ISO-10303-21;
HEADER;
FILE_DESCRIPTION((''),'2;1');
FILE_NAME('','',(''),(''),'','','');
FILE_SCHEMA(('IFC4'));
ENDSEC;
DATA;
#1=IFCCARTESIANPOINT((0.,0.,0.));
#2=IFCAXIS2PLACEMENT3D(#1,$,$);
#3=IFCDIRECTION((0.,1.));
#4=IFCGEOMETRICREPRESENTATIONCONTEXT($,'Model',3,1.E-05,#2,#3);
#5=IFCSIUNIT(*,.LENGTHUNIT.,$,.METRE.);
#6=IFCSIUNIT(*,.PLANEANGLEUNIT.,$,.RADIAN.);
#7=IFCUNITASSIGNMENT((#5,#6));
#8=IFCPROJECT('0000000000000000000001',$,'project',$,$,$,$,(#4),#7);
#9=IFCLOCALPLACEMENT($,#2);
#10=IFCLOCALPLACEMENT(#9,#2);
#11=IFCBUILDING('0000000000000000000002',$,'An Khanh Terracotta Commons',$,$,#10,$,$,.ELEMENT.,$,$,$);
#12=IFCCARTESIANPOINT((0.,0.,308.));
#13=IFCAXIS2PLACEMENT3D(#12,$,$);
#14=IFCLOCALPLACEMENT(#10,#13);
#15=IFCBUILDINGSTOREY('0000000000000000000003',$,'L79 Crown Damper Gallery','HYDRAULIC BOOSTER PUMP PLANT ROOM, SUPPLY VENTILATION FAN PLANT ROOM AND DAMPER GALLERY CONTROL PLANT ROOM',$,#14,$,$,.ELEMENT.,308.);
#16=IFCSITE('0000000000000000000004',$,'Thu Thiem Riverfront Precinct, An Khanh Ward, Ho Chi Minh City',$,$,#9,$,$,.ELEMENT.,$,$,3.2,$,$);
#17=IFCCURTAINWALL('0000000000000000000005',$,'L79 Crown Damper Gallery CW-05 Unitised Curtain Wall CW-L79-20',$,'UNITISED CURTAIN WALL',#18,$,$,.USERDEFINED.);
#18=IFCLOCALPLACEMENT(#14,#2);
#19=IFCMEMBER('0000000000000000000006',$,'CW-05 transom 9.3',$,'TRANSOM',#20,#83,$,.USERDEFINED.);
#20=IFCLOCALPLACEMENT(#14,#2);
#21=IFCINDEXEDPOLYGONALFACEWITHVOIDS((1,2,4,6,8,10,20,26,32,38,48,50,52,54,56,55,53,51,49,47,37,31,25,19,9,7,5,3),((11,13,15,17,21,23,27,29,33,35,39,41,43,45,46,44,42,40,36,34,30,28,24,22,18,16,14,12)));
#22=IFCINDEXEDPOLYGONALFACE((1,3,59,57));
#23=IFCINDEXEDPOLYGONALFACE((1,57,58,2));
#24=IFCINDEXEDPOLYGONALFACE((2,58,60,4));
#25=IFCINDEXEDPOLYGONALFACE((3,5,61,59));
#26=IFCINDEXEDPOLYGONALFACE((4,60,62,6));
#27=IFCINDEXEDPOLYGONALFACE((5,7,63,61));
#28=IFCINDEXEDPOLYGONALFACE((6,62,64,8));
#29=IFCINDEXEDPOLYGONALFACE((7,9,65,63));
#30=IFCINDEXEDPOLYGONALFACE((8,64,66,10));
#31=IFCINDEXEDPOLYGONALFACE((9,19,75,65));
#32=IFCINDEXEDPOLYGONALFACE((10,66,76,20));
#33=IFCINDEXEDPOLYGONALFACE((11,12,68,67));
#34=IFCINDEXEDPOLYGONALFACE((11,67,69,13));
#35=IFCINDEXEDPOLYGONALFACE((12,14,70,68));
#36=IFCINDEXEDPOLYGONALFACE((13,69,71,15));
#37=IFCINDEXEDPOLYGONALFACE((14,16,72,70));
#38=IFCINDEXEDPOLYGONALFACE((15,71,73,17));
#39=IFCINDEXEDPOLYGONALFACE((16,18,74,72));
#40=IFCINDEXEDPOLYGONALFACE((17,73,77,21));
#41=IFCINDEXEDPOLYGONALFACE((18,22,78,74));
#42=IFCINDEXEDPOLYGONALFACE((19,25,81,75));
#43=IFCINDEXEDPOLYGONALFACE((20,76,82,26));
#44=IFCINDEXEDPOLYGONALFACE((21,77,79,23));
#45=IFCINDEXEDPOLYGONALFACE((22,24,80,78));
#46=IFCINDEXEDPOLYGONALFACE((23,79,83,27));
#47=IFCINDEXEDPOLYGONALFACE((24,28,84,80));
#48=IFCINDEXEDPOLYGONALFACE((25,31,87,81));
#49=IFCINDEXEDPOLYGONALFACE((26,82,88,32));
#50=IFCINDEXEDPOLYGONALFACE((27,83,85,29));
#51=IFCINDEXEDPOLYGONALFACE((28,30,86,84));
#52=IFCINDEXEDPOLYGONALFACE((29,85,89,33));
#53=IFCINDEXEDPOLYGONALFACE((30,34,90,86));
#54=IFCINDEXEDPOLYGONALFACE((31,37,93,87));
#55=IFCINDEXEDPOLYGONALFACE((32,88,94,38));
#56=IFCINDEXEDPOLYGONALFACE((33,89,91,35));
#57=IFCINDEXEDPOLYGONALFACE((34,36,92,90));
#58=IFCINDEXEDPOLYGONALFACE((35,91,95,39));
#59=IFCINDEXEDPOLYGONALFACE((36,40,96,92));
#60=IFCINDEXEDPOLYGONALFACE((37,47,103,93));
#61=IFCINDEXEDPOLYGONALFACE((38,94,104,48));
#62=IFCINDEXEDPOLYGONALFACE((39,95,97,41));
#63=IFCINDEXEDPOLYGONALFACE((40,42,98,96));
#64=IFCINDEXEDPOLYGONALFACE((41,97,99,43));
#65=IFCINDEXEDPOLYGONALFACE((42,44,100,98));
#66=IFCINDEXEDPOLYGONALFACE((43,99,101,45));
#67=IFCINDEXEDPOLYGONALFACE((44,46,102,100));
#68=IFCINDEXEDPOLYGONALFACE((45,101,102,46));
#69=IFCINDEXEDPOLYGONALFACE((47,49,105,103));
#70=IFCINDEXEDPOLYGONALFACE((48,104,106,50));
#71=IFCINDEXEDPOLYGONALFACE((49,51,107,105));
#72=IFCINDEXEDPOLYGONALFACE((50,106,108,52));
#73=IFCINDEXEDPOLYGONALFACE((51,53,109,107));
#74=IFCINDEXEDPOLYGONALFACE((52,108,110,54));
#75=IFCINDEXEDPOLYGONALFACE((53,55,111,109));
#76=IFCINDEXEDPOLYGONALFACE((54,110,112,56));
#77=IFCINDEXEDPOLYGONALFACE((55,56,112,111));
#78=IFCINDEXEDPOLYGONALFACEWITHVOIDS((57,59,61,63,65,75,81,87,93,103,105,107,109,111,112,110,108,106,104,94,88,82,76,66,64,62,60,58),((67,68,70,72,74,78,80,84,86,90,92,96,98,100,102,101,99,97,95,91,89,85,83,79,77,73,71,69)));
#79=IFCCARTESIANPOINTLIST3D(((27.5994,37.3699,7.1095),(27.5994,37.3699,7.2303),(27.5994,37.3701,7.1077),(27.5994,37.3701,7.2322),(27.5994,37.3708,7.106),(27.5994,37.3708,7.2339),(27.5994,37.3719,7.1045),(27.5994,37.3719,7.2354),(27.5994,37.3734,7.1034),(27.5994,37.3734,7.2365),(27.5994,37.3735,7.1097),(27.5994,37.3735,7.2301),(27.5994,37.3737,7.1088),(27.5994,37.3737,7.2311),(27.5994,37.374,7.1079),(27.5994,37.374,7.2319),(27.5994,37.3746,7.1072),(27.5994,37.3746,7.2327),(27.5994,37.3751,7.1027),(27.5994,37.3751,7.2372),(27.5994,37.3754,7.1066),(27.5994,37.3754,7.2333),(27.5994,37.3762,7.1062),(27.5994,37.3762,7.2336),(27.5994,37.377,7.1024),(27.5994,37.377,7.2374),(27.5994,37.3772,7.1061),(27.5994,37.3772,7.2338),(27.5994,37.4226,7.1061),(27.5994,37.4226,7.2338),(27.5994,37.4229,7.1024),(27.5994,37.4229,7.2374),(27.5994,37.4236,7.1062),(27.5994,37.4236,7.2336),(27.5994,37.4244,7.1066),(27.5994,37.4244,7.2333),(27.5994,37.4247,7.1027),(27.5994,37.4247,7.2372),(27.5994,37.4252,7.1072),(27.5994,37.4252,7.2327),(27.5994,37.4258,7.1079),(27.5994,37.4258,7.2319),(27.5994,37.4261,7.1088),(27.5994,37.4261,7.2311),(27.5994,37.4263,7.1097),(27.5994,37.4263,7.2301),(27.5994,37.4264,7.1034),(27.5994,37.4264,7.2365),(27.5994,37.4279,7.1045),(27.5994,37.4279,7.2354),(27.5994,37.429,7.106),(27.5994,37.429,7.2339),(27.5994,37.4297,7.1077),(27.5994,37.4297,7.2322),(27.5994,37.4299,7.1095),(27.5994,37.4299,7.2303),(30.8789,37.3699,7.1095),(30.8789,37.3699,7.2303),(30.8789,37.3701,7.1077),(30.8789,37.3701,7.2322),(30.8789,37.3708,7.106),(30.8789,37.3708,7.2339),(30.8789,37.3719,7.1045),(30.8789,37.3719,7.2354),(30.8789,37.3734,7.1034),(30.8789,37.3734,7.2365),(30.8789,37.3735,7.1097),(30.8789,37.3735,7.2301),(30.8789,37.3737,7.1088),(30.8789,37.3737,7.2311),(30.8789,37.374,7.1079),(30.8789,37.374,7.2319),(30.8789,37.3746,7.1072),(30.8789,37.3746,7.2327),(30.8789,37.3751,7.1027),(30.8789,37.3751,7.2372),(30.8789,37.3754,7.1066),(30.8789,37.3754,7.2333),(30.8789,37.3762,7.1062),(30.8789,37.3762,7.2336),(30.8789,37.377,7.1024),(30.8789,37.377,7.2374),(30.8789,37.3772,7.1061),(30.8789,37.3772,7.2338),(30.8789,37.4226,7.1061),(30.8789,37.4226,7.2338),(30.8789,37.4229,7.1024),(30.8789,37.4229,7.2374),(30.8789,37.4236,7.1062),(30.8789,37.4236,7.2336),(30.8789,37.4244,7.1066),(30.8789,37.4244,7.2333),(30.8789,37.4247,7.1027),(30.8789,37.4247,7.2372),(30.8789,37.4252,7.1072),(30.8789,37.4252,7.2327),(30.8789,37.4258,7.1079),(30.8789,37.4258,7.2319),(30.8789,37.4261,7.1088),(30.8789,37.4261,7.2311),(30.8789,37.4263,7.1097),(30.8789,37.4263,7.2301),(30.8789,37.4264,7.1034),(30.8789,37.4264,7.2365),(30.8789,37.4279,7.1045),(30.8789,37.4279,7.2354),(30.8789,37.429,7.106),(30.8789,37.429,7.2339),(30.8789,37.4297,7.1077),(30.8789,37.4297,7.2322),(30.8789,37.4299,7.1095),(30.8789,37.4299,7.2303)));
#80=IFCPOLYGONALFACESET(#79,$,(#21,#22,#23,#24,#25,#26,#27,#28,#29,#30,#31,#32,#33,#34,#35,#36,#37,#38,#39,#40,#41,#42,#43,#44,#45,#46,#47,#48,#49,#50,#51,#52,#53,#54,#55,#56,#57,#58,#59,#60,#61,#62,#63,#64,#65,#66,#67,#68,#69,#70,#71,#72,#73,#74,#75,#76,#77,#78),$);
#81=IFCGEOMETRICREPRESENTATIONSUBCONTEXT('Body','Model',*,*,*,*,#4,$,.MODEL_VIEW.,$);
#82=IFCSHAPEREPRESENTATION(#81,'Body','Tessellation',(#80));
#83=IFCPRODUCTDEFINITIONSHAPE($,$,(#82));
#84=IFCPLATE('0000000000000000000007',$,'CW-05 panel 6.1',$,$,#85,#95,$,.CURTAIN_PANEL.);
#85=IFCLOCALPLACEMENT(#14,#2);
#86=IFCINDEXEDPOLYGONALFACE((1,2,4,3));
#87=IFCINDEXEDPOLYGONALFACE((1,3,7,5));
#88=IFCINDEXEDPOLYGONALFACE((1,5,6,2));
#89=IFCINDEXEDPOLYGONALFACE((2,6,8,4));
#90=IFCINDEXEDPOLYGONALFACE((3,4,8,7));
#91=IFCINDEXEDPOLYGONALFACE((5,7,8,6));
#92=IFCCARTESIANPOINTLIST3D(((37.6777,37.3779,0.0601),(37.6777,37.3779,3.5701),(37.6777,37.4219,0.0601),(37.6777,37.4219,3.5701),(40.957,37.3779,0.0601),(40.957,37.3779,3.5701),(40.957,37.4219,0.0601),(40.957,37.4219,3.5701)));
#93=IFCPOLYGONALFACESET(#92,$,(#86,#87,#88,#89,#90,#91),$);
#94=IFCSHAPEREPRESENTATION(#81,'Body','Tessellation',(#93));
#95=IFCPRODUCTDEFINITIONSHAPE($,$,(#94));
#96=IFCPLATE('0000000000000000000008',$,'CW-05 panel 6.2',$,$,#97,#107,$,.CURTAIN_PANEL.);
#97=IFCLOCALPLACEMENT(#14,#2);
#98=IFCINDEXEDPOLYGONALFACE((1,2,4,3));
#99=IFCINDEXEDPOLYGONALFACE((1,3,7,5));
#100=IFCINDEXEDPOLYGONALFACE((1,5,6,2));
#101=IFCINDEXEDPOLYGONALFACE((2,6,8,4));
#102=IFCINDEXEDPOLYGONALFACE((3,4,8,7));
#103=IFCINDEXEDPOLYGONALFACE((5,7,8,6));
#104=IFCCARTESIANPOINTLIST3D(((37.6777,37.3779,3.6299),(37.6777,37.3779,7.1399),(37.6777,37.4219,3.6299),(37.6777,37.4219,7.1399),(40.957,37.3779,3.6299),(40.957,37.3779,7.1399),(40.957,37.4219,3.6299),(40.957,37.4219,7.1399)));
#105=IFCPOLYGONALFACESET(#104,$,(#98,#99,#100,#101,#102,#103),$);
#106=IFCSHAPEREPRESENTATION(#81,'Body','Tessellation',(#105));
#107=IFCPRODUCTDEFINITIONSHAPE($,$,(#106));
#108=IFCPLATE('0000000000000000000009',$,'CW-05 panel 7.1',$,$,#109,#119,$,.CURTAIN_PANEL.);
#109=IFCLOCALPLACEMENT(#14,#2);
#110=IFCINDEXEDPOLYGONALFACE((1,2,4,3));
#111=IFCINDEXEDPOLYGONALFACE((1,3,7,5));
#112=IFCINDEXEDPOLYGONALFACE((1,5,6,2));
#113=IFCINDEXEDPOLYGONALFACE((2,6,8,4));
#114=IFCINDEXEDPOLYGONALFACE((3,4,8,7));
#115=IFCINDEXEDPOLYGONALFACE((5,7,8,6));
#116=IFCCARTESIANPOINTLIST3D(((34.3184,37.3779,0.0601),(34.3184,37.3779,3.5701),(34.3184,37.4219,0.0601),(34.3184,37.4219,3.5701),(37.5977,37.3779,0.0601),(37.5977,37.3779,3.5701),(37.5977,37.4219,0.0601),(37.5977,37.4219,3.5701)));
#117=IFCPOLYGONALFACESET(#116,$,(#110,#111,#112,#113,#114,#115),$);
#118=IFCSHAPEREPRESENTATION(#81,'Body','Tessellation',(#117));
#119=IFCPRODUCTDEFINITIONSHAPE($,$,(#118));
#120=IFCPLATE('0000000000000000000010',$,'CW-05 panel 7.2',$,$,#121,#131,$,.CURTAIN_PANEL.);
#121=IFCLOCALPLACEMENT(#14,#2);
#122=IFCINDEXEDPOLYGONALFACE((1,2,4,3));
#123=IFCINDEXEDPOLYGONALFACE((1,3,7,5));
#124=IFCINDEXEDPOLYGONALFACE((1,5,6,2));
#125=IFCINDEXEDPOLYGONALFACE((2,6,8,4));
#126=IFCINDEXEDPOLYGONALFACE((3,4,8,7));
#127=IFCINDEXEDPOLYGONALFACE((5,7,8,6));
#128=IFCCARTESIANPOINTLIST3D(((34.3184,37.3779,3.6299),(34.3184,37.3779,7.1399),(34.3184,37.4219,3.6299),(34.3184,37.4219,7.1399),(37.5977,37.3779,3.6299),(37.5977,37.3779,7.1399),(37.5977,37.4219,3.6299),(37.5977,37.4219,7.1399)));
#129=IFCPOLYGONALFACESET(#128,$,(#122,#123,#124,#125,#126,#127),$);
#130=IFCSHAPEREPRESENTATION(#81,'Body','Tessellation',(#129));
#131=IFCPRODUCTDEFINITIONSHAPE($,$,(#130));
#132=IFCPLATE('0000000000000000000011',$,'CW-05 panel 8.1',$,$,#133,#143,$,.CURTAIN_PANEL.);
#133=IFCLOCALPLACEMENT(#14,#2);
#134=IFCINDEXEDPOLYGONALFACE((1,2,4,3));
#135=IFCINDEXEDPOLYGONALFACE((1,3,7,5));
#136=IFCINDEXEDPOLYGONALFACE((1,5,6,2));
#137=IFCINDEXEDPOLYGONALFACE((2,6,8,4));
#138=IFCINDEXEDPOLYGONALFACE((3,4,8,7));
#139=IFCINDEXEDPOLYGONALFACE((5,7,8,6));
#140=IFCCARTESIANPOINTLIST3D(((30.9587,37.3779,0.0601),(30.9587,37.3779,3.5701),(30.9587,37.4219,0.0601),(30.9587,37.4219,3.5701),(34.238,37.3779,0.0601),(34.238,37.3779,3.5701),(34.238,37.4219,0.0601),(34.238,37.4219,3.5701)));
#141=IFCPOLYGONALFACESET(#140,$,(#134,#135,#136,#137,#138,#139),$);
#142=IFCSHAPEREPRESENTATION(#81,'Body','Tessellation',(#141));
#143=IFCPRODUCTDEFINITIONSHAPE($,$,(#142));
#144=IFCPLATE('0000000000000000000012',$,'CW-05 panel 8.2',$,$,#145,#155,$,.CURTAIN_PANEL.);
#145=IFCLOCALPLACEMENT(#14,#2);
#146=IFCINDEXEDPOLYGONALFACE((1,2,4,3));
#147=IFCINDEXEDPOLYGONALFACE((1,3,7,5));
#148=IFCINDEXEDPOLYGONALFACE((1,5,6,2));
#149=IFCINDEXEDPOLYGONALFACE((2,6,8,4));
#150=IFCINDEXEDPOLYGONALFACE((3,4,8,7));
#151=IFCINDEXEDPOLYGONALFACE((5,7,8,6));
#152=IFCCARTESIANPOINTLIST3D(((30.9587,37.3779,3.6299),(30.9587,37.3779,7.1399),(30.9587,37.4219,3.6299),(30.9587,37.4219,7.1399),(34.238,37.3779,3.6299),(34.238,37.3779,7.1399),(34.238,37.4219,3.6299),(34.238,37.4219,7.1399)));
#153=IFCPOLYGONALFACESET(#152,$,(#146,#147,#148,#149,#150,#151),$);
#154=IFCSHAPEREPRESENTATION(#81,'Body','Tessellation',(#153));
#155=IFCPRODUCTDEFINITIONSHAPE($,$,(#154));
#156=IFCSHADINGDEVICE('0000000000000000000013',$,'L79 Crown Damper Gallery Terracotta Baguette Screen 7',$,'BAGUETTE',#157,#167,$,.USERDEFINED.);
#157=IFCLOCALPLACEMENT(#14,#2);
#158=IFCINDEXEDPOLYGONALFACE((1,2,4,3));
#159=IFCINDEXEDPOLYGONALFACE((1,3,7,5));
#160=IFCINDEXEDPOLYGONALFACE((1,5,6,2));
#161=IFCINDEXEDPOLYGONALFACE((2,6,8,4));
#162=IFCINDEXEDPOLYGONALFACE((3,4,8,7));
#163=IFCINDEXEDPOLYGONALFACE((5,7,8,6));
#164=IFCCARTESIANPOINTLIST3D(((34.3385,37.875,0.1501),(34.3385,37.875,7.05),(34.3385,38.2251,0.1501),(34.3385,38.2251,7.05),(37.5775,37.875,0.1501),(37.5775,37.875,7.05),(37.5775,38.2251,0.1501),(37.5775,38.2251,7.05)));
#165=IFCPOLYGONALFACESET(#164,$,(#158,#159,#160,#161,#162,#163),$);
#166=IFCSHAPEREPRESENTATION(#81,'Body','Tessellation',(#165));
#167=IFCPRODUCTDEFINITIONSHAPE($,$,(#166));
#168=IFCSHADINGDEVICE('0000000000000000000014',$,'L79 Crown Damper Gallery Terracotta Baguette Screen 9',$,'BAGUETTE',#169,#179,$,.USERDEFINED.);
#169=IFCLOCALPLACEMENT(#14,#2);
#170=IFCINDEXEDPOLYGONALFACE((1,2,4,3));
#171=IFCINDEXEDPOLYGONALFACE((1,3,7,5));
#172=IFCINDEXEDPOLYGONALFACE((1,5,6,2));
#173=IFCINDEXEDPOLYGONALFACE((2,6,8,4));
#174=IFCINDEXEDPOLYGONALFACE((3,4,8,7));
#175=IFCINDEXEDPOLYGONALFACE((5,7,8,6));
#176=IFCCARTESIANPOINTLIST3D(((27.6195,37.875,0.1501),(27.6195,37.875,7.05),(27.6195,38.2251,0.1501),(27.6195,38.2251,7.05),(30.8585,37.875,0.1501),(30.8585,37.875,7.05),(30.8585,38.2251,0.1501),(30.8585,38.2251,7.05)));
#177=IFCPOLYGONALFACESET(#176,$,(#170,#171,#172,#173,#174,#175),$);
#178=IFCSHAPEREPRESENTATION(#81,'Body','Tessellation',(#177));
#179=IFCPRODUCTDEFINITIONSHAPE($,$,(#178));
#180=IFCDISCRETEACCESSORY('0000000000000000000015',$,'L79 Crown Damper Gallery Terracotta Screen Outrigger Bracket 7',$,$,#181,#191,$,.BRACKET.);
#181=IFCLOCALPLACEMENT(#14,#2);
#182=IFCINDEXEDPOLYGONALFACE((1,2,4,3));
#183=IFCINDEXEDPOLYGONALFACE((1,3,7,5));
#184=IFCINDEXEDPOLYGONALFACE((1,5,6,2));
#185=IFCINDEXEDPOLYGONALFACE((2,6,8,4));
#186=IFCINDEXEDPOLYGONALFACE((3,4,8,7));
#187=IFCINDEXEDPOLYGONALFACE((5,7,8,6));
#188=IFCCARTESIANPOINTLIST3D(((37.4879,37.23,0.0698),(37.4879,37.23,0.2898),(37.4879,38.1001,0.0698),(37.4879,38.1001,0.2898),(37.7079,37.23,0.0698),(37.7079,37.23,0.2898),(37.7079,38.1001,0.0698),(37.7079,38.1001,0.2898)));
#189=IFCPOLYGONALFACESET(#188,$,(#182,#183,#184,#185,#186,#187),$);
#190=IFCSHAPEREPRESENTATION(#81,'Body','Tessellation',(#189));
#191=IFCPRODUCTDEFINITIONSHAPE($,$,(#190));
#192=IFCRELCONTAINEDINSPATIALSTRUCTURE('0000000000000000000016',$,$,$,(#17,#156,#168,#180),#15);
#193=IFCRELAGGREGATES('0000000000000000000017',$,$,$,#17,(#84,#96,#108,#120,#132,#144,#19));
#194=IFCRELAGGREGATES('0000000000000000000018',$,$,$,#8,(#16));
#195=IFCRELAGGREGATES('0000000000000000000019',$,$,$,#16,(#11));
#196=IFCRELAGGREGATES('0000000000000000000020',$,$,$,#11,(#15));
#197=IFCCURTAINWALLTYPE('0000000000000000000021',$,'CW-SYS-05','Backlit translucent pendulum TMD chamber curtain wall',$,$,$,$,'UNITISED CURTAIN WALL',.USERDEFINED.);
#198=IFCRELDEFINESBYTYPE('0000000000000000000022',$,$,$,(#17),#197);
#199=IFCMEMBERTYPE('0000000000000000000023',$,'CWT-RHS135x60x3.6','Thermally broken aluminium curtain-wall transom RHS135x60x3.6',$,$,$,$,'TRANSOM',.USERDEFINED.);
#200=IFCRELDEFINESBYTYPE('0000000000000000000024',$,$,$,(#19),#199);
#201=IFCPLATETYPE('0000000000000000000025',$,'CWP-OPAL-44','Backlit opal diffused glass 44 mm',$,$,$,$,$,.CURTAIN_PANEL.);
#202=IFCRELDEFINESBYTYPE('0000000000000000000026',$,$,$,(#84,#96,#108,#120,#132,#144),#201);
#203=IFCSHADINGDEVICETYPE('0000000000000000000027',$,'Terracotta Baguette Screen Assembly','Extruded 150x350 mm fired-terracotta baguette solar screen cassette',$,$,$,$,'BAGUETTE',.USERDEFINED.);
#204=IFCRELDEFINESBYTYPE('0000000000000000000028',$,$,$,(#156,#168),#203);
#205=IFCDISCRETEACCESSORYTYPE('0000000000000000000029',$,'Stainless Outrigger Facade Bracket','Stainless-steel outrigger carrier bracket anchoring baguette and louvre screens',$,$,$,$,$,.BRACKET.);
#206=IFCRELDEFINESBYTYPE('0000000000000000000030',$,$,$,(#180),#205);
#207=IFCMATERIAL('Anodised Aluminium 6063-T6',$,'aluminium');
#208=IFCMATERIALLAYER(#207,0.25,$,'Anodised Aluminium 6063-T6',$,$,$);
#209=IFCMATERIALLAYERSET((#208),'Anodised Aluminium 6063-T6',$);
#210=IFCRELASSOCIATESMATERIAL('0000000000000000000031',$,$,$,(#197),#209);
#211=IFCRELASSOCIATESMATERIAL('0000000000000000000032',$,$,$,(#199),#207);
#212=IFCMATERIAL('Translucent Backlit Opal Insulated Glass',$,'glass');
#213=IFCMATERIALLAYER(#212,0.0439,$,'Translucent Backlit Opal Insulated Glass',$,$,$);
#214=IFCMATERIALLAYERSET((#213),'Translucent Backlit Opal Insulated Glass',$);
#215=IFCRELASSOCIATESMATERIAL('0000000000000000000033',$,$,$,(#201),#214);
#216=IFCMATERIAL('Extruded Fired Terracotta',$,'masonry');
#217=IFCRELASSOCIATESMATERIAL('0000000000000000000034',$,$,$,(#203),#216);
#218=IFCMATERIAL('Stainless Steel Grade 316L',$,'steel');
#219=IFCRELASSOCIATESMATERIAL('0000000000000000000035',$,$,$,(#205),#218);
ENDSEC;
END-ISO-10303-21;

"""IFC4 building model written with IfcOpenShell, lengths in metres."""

from ifc_helpers import new_model, si_unit, direction, frame, origin, origin_2d, place, context, subcontext, project, spatial, rectangle, hollow_rectangle, extrude, material, layer, layer_set, material_profile, profile_set, type_object, element, aggregate, save


model = new_model("IFC4")

# Units and contexts
model_context = context("Model", 3, precision=1e-05, world=origin(), true_north=direction((0.0, 1.0)))
body_context = subcontext(model_context, "Body", "Model", "MODEL_VIEW")
ifc_project = project(units=[si_unit("LENGTHUNIT", "METRE"), si_unit("PLANEANGLEUNIT", "RADIAN")], contexts=[model_context])

# Site, building, storey
site_placement = place(None, origin())
site = spatial("IfcSite", under=ifc_project, at=site_placement, Name="Thu Thiem Riverfront Precinct, An Khanh Ward, Ho Chi Minh City", CompositionType="ELEMENT", RefElevation=3.2)
building_placement = place(site_placement, origin())
building = spatial("IfcBuilding", under=site, at=building_placement, Name="An Khanh Terracotta Commons", CompositionType="ELEMENT")
storey_placement = place(building_placement, frame((0.0, 0.0, 308.0)))
storey = spatial("IfcBuildingStorey", under=building, at=storey_placement, Name="L79 Crown Damper Gallery", Description="HYDRAULIC BOOSTER PUMP PLANT ROOM, SUPPLY VENTILATION FAN PLANT ROOM AND DAMPER GALLERY CONTROL PLANT ROOM", CompositionType="ELEMENT", Elevation=308.0)

# Curtain wall, member, plates
ifc_material_1 = material(Name="Anodised Aluminium 6063-T6", Category="aluminium")
ifc_layer_1 = layer(ifc_material_1, 0.25, Name="Anodised Aluminium 6063-T6")
ifc_layer_set_1 = layer_set([ifc_layer_1], Name="Anodised Aluminium 6063-T6")
curtain_wall_type = type_object("IfcCurtainWallType", Name="CW-SYS-05", Description="Backlit translucent pendulum TMD chamber curtain wall", ElementType="UNITISED CURTAIN WALL", PredefinedType="USERDEFINED", material=ifc_layer_set_1)
curtain_wall_placement = place(storey_placement, origin())
curtain_wall = element("IfcCurtainWall", 1, at=curtain_wall_placement, inside=storey, type_object=curtain_wall_type, Name="L79 Crown Damper Gallery CW-05 Unitised Curtain Wall CW-L79-20", ObjectType="UNITISED CURTAIN WALL", PredefinedType="USERDEFINED")
ifc_material_profile_1 = material_profile(ifc_material_1, hollow_rectangle(XDim=0.0601, YDim=0.135, WallThickness=0.0037, InnerFilletRadius=0.0037, OuterFilletRadius=0.0071, at=origin_2d()), Name="RHS135x60x3.6")
ifc_profile_set_1 = profile_set([ifc_material_profile_1], Name="Anodised Aluminium 6063-T6")
member_type_1 = type_object("IfcMemberType", Name="CWT-RHS135x60x3.6", Description="Thermally broken aluminium curtain-wall transom RHS135x60x3.6", ElementType="TRANSOM", PredefinedType="USERDEFINED", material=ifc_profile_set_1)
member_1_placement = place(storey_placement, frame((30.8789, 37.3999, 7.1699), z_axis=(-1.0, 0.0, 0.0), x_axis=(0.0, -1.0, 0.0)))
member_1 = element("IfcMember", 2, at=member_1_placement, type_object=member_type_1, Name="CW-05 transom 9.3", ObjectType="TRANSOM", PredefinedType="USERDEFINED", context=body_context, shape_type="SweptSolid", body=[
    extrude(hollow_rectangle(XDim=0.0601, YDim=0.135, WallThickness=0.0037, InnerFilletRadius=0.0037, OuterFilletRadius=0.0071, at=origin_2d()), origin(), (0.0, 0.0, 1.0), 3.2795),
])
ifc_material_2 = material(Name="Translucent Backlit Opal Insulated Glass", Category="glass")
ifc_layer_2 = layer(ifc_material_2, 0.0439, Name="Translucent Backlit Opal Insulated Glass")
ifc_layer_set_2 = layer_set([ifc_layer_2], Name="Translucent Backlit Opal Insulated Glass")
plate_type = type_object("IfcPlateType", Name="CWP-OPAL-44", Description="Backlit opal diffused glass 44 mm", PredefinedType="CURTAIN_PANEL", material=ifc_layer_set_2)
plate_1_placement = place(storey_placement, frame((39.3174, 37.3999, 0.0601), z_axis=(0.0, 0.0, 1.0), x_axis=(-1.0, 0.0, 0.0)))
plate_1 = element("IfcPlate", 3, at=plate_1_placement, type_object=plate_type, Name="CW-05 panel 6.1", PredefinedType="CURTAIN_PANEL", context=body_context, shape_type="SweptSolid", body=[
    extrude(rectangle(XDim=3.2793, YDim=0.0439, at=origin_2d()), origin(), (0.0, 0.0, 1.0), 3.51),
])
plate_2_placement = place(storey_placement, frame((39.3174, 37.3999, 3.6299), z_axis=(0.0, 0.0, 1.0), x_axis=(-1.0, 0.0, 0.0)))
plate_2 = element("IfcPlate", 4, at=plate_2_placement, type_object=plate_type, Name="CW-05 panel 6.2", PredefinedType="CURTAIN_PANEL", context=body_context, shape_type="SweptSolid", body=[
    extrude(rectangle(XDim=3.2793, YDim=0.0439, at=origin_2d()), origin(), (0.0, 0.0, 1.0), 3.51),
])
plate_3_placement = place(storey_placement, frame((35.958, 37.3999, 0.0601), z_axis=(0.0, 0.0, 1.0), x_axis=(-1.0, 0.0, 0.0)))
plate_3 = element("IfcPlate", 5, at=plate_3_placement, type_object=plate_type, Name="CW-05 panel 7.1", PredefinedType="CURTAIN_PANEL", context=body_context, shape_type="SweptSolid", body=[
    extrude(rectangle(XDim=3.2793, YDim=0.0439, at=origin_2d()), origin(), (0.0, 0.0, 1.0), 3.51),
])
plate_4_placement = place(storey_placement, frame((35.958, 37.3999, 3.6299), z_axis=(0.0, 0.0, 1.0), x_axis=(-1.0, 0.0, 0.0)))
plate_4 = element("IfcPlate", 6, at=plate_4_placement, type_object=plate_type, Name="CW-05 panel 7.2", PredefinedType="CURTAIN_PANEL", context=body_context, shape_type="SweptSolid", body=[
    extrude(rectangle(XDim=3.2793, YDim=0.0439, at=origin_2d()), origin(), (0.0, 0.0, 1.0), 3.51),
])
plate_5_placement = place(storey_placement, frame((32.5984, 37.3999, 0.0601), z_axis=(0.0, 0.0, 1.0), x_axis=(-1.0, 0.0, 0.0)))
plate_5 = element("IfcPlate", 7, at=plate_5_placement, type_object=plate_type, Name="CW-05 panel 8.1", PredefinedType="CURTAIN_PANEL", context=body_context, shape_type="SweptSolid", body=[
    extrude(rectangle(XDim=3.2793, YDim=0.0439, at=origin_2d()), origin(), (0.0, 0.0, 1.0), 3.51),
])
plate_6_placement = place(storey_placement, frame((32.5984, 37.3999, 3.6299), z_axis=(0.0, 0.0, 1.0), x_axis=(-1.0, 0.0, 0.0)))
plate_6 = element("IfcPlate", 8, at=plate_6_placement, type_object=plate_type, Name="CW-05 panel 8.2", PredefinedType="CURTAIN_PANEL", context=body_context, shape_type="SweptSolid", body=[
    extrude(rectangle(XDim=3.2793, YDim=0.0439, at=origin_2d()), origin(), (0.0, 0.0, 1.0), 3.51),
])
aggregate(curtain_wall, [plate_1, plate_2, plate_3, plate_4, plate_5, plate_6, member_1])

# Shading devices
ifc_material_3 = material(Name="Extruded Fired Terracotta", Category="masonry")
shading_device_type = type_object("IfcShadingDeviceType", Name="Terracotta Baguette Screen Assembly", Description="Extruded 150x350 mm fired-terracotta baguette solar screen cassette", ElementType="BAGUETTE", PredefinedType="USERDEFINED", material=ifc_material_3)
for number, where, z_axis, x_axis, name in (
    (9, (35.958, 38.05, 0.1501), (0.0, 0.0, 1.0), (-1.0, 0.0, 0.0), "L79 Crown Damper Gallery Terracotta Baguette Screen 7"),
    (10, (29.239, 38.05, 0.1501), (0.0, 0.0, 1.0), (-1.0, 0.0, 0.0), "L79 Crown Damper Gallery Terracotta Baguette Screen 9"),
):
    element("IfcShadingDevice", number, at=place(storey_placement, frame(where, z_axis=z_axis, x_axis=x_axis)), inside=storey, type_object=shading_device_type, Name=name, ObjectType="BAGUETTE", PredefinedType="USERDEFINED", context=body_context, shape_type="SweptSolid", body=[
        extrude(rectangle(XDim=3.239, YDim=0.3501, at=origin_2d()), origin(), (0.0, 0.0, 1.0), 6.8999),
    ])

# Discrete accessory
ifc_material_4 = material(Name="Stainless Steel Grade 316L", Category="steel")
discrete_accessory_type = type_object("IfcDiscreteAccessoryType", Name="Stainless Outrigger Facade Bracket", Description="Stainless-steel outrigger carrier bracket anchoring baguette and louvre screens", PredefinedType="BRACKET", material=ifc_material_4)
for number, where, z_axis, x_axis, name in (
    (11, (37.5979, 37.665, 0.0698), (0.0, 0.0, 1.0), (-1.0, 0.0, 0.0), "L79 Crown Damper Gallery Terracotta Screen Outrigger Bracket 7"),
):
    element("IfcDiscreteAccessory", number, at=place(storey_placement, frame(where, z_axis=z_axis, x_axis=x_axis)), inside=storey, type_object=discrete_accessory_type, Name=name, PredefinedType="BRACKET", context=body_context, shape_type="SweptSolid", body=[
        extrude(rectangle(XDim=0.22, YDim=0.8701, at=origin_2d()), origin(), (0.0, 0.0, 1.0), 0.22),
    ])

save(model, "model.ifc")
